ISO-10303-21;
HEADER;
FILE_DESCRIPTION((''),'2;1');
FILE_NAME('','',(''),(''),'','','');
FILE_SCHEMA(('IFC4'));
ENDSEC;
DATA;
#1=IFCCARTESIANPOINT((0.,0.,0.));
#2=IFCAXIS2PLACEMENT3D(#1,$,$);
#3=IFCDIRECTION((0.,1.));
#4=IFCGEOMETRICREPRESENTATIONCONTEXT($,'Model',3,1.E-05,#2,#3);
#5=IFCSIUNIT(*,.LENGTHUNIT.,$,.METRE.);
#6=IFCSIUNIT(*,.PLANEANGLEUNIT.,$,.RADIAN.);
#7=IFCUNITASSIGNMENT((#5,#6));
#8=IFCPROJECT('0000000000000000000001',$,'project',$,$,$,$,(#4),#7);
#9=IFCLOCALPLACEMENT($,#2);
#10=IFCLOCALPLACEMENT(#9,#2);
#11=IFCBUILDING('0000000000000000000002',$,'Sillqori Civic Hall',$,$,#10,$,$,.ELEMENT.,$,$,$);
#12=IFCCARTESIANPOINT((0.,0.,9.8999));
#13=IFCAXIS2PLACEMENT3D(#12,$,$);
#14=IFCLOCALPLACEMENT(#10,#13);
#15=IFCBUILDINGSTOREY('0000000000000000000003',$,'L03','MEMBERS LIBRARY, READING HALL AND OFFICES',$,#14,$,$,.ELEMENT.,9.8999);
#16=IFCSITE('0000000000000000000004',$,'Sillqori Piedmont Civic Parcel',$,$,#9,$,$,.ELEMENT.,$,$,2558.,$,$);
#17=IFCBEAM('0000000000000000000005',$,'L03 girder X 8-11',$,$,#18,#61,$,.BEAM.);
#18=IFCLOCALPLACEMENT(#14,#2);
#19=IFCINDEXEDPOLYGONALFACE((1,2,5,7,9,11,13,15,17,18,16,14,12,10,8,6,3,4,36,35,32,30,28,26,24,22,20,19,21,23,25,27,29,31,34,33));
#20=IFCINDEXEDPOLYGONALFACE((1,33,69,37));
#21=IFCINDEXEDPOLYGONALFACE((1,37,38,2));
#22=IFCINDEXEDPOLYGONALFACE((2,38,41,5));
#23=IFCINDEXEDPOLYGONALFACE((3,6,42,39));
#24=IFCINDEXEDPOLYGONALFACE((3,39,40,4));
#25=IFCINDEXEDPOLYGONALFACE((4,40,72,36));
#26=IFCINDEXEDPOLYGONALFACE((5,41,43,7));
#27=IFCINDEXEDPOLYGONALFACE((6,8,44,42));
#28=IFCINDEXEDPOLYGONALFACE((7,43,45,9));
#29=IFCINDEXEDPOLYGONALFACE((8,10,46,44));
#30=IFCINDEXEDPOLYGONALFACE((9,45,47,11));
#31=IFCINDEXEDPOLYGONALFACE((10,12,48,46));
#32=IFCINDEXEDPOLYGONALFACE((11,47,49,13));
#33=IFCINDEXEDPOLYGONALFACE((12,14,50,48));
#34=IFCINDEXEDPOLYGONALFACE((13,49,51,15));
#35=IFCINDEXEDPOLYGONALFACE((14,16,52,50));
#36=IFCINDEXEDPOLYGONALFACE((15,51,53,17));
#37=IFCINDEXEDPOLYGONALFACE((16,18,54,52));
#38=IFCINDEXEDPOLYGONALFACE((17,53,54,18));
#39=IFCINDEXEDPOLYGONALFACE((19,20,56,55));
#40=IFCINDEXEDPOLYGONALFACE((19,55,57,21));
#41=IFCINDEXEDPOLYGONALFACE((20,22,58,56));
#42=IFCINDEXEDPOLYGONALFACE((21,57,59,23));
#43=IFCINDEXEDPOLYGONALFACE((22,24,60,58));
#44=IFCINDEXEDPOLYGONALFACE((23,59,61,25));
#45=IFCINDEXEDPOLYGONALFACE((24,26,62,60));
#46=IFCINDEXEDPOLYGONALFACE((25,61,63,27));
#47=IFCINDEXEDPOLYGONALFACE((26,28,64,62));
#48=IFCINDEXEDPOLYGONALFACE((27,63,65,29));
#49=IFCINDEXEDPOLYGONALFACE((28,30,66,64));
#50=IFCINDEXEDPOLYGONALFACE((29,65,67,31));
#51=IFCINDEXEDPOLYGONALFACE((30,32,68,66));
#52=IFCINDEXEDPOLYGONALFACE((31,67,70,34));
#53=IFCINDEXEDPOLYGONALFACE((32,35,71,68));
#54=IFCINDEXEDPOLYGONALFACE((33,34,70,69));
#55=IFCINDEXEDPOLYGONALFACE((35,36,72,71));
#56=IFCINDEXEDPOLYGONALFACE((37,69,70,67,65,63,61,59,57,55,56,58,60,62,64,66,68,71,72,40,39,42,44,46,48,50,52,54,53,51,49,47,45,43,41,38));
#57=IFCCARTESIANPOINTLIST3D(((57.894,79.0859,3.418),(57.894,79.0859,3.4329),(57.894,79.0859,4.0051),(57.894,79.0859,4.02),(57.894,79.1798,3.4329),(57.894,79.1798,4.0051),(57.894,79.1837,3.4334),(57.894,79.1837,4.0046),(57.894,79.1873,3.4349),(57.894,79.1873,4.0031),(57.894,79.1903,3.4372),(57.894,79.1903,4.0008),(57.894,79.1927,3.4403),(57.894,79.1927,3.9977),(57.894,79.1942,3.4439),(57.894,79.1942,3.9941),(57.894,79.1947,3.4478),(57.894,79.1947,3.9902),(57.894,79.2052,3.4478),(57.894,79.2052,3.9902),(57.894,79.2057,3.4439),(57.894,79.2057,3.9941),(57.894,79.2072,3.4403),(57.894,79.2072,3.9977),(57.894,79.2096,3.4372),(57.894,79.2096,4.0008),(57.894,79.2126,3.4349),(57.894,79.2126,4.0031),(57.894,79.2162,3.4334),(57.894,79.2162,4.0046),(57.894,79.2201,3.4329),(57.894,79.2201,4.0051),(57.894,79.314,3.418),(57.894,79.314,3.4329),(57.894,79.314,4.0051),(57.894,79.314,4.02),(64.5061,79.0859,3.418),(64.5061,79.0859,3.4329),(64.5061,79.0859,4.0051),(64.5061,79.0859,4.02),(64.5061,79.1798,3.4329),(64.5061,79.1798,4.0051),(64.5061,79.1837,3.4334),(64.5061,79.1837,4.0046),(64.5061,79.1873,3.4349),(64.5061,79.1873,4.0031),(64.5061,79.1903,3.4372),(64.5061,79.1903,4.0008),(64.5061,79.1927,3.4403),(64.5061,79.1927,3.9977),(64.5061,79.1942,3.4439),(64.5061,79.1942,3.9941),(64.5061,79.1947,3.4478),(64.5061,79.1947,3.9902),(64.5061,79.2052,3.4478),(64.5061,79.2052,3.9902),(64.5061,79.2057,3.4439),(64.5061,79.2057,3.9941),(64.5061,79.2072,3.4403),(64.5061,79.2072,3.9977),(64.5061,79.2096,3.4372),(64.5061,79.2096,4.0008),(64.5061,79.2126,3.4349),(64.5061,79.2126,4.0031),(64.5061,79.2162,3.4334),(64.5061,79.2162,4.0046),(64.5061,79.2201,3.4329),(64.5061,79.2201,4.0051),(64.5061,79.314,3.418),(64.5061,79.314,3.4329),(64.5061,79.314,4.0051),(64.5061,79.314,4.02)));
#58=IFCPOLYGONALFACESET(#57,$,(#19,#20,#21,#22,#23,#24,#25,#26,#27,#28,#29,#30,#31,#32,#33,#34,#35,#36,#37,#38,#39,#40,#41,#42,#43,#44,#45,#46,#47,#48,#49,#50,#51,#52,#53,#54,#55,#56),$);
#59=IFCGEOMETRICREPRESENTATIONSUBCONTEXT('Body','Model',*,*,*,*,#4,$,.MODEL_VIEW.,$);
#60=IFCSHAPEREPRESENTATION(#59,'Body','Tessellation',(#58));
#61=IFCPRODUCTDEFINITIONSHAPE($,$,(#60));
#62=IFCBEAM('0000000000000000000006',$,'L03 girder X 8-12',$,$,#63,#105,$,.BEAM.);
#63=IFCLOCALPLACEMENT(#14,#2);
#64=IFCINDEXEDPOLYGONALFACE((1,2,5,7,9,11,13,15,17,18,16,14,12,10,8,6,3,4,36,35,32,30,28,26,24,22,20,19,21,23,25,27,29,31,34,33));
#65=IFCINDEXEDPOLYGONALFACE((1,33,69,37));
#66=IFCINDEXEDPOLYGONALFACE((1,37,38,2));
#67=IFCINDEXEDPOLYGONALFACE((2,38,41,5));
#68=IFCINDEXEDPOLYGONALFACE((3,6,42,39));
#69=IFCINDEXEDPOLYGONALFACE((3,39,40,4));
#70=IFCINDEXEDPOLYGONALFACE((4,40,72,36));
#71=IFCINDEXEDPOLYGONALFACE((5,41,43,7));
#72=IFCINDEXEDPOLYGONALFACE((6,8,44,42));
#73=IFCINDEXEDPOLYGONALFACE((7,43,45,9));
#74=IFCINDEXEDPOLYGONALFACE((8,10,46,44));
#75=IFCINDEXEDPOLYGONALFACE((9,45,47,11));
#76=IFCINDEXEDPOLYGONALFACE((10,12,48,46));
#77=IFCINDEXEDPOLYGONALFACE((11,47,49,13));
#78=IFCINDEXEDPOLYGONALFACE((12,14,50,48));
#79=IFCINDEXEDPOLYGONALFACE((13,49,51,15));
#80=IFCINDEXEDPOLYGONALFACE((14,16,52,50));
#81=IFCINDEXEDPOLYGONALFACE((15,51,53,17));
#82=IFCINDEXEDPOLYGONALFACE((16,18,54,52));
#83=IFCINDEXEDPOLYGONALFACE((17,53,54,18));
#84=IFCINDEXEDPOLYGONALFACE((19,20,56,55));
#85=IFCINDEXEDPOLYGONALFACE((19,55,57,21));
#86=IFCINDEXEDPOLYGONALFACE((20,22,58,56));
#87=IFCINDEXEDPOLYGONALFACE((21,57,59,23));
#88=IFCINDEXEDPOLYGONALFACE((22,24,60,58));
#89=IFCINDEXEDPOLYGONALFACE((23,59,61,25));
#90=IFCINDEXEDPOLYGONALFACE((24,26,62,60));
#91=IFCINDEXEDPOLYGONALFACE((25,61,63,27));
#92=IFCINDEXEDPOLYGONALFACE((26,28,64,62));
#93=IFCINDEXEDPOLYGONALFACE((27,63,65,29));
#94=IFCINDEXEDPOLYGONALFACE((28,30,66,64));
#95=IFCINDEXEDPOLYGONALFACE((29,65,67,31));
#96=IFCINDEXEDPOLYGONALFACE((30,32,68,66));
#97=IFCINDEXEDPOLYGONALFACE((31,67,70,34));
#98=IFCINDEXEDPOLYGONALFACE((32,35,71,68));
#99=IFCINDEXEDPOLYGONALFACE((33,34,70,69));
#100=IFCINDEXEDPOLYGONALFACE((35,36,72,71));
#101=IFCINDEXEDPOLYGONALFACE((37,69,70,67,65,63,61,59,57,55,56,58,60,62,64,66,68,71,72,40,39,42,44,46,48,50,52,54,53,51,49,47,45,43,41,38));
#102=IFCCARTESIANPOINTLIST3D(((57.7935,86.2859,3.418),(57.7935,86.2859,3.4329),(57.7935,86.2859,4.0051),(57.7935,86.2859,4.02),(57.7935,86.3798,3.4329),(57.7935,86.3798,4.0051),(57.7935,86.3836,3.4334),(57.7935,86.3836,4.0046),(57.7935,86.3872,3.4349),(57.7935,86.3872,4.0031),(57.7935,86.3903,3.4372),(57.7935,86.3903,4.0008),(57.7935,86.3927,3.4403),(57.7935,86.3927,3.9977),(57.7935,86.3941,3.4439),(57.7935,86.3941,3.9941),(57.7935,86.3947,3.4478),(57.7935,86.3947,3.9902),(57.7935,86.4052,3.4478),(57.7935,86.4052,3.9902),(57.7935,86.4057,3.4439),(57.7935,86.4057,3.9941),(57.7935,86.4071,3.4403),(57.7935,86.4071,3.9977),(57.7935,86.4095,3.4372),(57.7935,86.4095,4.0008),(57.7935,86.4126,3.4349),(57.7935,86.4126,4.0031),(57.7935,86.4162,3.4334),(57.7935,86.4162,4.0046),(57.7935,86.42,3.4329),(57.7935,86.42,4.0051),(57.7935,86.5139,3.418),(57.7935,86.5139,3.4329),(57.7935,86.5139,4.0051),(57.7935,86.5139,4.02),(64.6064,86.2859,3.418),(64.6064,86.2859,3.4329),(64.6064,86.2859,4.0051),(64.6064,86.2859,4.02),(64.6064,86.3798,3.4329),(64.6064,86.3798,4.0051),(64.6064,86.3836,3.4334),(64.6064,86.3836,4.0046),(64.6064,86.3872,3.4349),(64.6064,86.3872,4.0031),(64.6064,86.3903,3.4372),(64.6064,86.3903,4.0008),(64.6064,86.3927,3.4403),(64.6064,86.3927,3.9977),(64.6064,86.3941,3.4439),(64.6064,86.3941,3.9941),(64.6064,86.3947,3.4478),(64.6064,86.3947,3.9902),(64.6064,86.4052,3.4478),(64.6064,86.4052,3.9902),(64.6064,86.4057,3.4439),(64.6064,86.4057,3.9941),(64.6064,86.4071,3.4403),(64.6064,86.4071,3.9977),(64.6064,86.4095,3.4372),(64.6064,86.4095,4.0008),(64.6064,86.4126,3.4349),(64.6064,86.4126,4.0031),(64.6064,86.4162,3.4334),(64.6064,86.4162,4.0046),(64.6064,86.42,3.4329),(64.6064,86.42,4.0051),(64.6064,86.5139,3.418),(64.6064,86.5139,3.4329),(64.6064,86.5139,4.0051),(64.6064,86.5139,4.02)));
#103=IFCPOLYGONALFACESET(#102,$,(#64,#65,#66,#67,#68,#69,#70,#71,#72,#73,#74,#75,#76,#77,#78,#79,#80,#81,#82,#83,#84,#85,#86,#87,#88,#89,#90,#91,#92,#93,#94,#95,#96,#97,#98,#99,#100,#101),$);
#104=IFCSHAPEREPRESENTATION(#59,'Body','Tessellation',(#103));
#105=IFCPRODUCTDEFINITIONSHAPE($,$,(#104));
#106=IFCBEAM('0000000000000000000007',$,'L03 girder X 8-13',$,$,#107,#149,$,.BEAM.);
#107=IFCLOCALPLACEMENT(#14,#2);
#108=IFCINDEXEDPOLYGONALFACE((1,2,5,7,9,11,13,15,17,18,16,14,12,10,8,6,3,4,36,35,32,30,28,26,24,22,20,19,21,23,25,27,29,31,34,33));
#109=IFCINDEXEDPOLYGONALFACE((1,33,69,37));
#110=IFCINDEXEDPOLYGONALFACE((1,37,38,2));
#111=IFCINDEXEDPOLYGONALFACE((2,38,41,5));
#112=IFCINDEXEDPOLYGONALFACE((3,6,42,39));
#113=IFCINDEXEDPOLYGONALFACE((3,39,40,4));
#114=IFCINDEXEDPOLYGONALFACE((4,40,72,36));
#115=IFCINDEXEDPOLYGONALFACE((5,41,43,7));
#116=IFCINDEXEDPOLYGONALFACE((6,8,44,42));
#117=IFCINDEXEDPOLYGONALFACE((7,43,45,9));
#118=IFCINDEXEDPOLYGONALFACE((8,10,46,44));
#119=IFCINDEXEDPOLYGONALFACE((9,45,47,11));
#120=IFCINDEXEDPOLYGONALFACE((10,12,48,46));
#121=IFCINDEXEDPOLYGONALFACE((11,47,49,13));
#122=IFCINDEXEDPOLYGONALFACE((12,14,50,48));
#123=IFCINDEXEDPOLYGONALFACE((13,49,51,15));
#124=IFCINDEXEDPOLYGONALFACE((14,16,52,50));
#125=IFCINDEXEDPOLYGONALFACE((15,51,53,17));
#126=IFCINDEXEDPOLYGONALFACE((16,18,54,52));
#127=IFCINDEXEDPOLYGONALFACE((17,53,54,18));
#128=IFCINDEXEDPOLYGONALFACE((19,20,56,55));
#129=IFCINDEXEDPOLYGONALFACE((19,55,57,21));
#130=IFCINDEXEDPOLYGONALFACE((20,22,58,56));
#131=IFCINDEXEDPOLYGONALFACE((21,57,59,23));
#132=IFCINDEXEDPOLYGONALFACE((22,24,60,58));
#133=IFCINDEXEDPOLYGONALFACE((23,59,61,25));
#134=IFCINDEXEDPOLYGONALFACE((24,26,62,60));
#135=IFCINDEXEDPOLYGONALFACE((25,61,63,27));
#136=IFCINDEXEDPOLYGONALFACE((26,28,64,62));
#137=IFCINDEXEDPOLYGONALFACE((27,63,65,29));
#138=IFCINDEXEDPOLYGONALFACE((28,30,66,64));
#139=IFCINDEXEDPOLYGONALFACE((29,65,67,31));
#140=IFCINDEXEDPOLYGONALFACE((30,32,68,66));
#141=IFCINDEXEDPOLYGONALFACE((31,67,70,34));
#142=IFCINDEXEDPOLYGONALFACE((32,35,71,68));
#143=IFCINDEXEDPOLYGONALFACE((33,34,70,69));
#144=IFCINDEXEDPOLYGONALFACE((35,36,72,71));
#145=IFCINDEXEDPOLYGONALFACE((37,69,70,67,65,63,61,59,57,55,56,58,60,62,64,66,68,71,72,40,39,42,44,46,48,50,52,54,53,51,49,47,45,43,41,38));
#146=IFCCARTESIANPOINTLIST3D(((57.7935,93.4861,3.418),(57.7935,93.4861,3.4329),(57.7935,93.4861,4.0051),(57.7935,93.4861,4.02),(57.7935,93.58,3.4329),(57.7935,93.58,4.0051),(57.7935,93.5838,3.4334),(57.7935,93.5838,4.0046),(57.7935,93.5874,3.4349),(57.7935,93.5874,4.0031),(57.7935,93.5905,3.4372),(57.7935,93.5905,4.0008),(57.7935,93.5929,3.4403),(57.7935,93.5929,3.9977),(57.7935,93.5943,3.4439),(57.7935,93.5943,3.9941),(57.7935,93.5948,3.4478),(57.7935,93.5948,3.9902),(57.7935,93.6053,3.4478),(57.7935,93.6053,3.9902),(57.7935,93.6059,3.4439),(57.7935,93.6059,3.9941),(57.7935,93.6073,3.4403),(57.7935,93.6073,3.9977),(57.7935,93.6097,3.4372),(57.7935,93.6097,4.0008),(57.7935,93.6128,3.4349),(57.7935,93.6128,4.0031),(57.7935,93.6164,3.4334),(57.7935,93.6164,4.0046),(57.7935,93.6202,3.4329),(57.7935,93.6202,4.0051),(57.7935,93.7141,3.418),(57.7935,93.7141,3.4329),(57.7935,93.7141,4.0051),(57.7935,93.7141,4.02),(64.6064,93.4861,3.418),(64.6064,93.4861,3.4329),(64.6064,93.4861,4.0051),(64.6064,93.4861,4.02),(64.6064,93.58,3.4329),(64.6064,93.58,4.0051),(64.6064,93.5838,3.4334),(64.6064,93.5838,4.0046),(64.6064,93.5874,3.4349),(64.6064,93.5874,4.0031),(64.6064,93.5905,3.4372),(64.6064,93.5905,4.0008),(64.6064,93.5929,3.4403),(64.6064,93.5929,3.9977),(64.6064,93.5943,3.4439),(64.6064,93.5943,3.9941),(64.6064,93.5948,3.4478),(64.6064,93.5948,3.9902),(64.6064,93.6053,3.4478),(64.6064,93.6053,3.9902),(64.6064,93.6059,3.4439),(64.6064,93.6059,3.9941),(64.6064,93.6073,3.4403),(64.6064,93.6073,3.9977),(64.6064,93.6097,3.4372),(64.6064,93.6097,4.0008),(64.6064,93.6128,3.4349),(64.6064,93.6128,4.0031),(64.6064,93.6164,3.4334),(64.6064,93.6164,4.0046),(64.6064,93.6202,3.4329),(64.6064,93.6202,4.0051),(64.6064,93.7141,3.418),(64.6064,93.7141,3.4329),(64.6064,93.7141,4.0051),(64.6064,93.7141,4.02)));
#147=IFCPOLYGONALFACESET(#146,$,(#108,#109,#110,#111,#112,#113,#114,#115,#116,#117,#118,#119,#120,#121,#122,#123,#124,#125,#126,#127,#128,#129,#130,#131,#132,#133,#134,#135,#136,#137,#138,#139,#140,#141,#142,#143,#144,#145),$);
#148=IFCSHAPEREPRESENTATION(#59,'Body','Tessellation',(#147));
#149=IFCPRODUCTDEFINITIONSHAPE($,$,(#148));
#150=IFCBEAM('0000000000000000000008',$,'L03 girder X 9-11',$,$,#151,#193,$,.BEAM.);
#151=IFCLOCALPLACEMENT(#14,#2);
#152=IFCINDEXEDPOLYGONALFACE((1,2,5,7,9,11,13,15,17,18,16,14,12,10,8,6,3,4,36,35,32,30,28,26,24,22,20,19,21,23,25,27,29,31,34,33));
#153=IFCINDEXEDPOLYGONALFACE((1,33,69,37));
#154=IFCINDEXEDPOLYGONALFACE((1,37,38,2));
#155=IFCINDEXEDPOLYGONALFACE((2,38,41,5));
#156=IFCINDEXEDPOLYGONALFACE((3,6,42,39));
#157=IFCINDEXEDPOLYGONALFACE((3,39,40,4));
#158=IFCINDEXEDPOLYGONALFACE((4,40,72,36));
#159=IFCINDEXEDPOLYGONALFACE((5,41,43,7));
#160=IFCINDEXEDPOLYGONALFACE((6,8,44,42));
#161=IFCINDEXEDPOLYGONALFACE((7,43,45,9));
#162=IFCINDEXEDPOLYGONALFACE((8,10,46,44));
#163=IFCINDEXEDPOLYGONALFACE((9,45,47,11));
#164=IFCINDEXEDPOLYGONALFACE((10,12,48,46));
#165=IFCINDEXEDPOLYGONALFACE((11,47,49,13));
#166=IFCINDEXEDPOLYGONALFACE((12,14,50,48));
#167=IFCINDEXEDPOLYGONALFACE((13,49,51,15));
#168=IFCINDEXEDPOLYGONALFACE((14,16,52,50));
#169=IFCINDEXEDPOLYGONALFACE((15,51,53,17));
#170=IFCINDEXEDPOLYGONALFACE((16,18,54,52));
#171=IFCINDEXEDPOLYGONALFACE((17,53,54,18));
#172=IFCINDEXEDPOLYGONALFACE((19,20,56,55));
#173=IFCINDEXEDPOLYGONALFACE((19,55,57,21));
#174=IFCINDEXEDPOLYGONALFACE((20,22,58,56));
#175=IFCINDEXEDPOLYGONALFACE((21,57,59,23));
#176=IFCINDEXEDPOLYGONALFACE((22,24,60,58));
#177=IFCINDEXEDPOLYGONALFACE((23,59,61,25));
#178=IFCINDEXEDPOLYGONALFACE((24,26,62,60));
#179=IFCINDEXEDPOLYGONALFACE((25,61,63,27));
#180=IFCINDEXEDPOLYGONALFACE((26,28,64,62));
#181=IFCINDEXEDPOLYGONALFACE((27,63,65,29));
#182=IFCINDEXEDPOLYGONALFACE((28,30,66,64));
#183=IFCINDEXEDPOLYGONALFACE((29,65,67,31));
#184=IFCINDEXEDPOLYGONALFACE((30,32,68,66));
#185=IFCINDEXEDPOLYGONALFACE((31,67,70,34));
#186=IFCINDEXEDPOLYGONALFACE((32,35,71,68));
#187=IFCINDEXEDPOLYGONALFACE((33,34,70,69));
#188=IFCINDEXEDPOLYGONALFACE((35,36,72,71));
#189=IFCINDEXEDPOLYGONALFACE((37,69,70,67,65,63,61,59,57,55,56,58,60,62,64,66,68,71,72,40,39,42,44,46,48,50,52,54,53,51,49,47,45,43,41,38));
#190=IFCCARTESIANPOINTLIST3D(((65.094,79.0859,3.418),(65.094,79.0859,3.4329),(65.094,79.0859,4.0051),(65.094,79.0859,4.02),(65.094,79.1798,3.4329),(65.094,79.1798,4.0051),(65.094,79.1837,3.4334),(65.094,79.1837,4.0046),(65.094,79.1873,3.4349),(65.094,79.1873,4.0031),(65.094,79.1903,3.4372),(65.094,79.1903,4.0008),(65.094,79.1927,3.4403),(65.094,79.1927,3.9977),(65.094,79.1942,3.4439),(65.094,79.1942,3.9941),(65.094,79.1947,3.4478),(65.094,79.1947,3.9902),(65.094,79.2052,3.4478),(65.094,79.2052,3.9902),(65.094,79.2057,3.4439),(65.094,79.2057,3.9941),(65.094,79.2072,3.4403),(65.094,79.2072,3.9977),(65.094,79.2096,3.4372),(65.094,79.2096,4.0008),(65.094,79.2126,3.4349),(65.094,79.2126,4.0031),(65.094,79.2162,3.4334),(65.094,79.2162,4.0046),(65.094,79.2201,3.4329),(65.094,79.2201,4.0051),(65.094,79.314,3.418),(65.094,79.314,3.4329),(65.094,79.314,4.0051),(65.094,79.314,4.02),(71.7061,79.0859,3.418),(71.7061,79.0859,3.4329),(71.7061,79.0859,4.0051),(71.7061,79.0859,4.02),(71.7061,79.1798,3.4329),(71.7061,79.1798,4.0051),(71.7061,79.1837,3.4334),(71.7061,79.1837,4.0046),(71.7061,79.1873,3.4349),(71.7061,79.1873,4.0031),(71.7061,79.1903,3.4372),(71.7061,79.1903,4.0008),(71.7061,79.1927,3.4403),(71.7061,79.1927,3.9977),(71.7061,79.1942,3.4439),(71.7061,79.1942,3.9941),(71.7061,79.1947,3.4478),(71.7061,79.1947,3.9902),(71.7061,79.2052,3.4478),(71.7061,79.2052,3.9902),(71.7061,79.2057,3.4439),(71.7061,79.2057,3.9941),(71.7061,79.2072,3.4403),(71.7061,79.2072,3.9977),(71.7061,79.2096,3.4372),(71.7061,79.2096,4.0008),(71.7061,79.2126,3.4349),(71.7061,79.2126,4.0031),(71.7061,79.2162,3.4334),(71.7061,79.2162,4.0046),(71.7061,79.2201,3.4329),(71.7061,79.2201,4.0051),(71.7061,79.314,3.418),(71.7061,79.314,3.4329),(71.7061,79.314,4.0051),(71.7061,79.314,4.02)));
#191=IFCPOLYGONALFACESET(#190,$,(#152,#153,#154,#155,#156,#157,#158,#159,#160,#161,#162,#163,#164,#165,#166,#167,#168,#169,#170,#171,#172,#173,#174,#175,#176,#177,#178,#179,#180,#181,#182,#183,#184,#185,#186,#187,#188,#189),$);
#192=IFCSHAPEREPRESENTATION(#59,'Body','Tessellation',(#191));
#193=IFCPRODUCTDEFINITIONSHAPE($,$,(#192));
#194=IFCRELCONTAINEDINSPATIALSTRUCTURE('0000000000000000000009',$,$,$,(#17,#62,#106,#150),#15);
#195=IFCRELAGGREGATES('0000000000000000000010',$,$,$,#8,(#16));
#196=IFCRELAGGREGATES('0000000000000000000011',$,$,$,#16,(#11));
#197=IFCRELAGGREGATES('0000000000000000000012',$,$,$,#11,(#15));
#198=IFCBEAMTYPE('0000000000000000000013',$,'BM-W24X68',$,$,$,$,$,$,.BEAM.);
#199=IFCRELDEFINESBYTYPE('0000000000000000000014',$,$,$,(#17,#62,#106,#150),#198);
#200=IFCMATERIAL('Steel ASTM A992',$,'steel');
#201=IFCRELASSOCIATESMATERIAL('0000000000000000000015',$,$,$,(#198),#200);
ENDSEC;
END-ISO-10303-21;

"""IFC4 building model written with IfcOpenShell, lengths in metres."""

from ifc_helpers import new_model, si_unit, direction, frame, origin, origin_2d, place, context, subcontext, project, spatial, i_section, extrude, material, material_profile, profile_set, type_object, element, save


model = new_model("IFC4")

# Units and contexts
model_context = context("Model", 3, precision=1e-05, world=origin(), true_north=direction((0.0, 1.0)))
body_context = subcontext(model_context, "Body", "Model", "MODEL_VIEW")
ifc_project = project(units=[si_unit("LENGTHUNIT", "METRE"), si_unit("PLANEANGLEUNIT", "RADIAN")], contexts=[model_context])

# Site, building, storey
site_placement = place(None, origin())
site = spatial("IfcSite", under=ifc_project, at=site_placement, Name="Sillqori Piedmont Civic Parcel", CompositionType="ELEMENT", RefElevation=2558.0)
building_placement = place(site_placement, origin())
building = spatial("IfcBuilding", under=site, at=building_placement, Name="Sillqori Civic Hall", CompositionType="ELEMENT")
storey_placement = place(building_placement, frame((0.0, 0.0, 9.8999)))
storey = spatial("IfcBuildingStorey", under=building, at=storey_placement, Name="L03", Description="MEMBERS LIBRARY, READING HALL AND OFFICES", CompositionType="ELEMENT", Elevation=9.8999)

# Shared definitions
ifc_material_1 = material(Name="Steel ASTM A992", Category="steel")

# Beams
ifc_material_profile_1 = material_profile(ifc_material_1, i_section(OverallWidth=0.228, OverallDepth=0.6021, WebThickness=0.0105, FlangeThickness=0.0149, FilletRadius=0.0149, at=origin_2d()), Name="W24X68")
ifc_profile_set_1 = profile_set([ifc_material_profile_1], Name="Steel ASTM A992")
beam_type_1 = type_object("IfcBeamType", Name="BM-W24X68", PredefinedType="BEAM", material=ifc_profile_set_1)
beam_1_placement = place(storey_placement, frame((57.894, 79.2, 3.719), z_axis=(1.0, 0.0, 0.0), x_axis=(0.0, 1.0, 0.0)))
element("IfcBeam", 1, at=beam_1_placement, inside=storey, type_object=beam_type_1, Name="L03 girder X 8-11", PredefinedType="BEAM", context=body_context, shape_type="SweptSolid", body=[
    extrude(i_section(OverallWidth=0.228, OverallDepth=0.6021, WebThickness=0.0105, FlangeThickness=0.0149, FilletRadius=0.0149, at=origin_2d()), origin(), (0.0, 0.0, 1.0), 6.6121),
])
for number, where, z_axis, x_axis, name in (
    (2, (57.7935, 86.3999, 3.719), (1.0, 0.0, 0.0), (0.0, 1.0, 0.0), "L03 girder X 8-12"),
    (3, (57.7935, 93.6001, 3.719), (1.0, 0.0, 0.0), (0.0, 1.0, 0.0), "L03 girder X 8-13"),
):
    element("IfcBeam", number, at=place(storey_placement, frame(where, z_axis=z_axis, x_axis=x_axis)), inside=storey, type_object=beam_type_1, Name=name, PredefinedType="BEAM", context=body_context, shape_type="SweptSolid", body=[
        extrude(i_section(OverallWidth=0.228, OverallDepth=0.6021, WebThickness=0.0105, FlangeThickness=0.0149, FilletRadius=0.0149, at=origin_2d()), origin(), (0.0, 0.0, 1.0), 6.813),
    ])
beam_2_placement = place(storey_placement, frame((65.094, 79.2, 3.719), z_axis=(1.0, 0.0, 0.0), x_axis=(0.0, 1.0, 0.0)))
element("IfcBeam", 4, at=beam_2_placement, inside=storey, type_object=beam_type_1, Name="L03 girder X 9-11", PredefinedType="BEAM", context=body_context, shape_type="SweptSolid", body=[
    extrude(i_section(OverallWidth=0.228, OverallDepth=0.6021, WebThickness=0.0105, FlangeThickness=0.0149, FilletRadius=0.0149, at=origin_2d()), origin(), (0.0, 0.0, 1.0), 6.6121),
])

save(model, "model.ifc")
